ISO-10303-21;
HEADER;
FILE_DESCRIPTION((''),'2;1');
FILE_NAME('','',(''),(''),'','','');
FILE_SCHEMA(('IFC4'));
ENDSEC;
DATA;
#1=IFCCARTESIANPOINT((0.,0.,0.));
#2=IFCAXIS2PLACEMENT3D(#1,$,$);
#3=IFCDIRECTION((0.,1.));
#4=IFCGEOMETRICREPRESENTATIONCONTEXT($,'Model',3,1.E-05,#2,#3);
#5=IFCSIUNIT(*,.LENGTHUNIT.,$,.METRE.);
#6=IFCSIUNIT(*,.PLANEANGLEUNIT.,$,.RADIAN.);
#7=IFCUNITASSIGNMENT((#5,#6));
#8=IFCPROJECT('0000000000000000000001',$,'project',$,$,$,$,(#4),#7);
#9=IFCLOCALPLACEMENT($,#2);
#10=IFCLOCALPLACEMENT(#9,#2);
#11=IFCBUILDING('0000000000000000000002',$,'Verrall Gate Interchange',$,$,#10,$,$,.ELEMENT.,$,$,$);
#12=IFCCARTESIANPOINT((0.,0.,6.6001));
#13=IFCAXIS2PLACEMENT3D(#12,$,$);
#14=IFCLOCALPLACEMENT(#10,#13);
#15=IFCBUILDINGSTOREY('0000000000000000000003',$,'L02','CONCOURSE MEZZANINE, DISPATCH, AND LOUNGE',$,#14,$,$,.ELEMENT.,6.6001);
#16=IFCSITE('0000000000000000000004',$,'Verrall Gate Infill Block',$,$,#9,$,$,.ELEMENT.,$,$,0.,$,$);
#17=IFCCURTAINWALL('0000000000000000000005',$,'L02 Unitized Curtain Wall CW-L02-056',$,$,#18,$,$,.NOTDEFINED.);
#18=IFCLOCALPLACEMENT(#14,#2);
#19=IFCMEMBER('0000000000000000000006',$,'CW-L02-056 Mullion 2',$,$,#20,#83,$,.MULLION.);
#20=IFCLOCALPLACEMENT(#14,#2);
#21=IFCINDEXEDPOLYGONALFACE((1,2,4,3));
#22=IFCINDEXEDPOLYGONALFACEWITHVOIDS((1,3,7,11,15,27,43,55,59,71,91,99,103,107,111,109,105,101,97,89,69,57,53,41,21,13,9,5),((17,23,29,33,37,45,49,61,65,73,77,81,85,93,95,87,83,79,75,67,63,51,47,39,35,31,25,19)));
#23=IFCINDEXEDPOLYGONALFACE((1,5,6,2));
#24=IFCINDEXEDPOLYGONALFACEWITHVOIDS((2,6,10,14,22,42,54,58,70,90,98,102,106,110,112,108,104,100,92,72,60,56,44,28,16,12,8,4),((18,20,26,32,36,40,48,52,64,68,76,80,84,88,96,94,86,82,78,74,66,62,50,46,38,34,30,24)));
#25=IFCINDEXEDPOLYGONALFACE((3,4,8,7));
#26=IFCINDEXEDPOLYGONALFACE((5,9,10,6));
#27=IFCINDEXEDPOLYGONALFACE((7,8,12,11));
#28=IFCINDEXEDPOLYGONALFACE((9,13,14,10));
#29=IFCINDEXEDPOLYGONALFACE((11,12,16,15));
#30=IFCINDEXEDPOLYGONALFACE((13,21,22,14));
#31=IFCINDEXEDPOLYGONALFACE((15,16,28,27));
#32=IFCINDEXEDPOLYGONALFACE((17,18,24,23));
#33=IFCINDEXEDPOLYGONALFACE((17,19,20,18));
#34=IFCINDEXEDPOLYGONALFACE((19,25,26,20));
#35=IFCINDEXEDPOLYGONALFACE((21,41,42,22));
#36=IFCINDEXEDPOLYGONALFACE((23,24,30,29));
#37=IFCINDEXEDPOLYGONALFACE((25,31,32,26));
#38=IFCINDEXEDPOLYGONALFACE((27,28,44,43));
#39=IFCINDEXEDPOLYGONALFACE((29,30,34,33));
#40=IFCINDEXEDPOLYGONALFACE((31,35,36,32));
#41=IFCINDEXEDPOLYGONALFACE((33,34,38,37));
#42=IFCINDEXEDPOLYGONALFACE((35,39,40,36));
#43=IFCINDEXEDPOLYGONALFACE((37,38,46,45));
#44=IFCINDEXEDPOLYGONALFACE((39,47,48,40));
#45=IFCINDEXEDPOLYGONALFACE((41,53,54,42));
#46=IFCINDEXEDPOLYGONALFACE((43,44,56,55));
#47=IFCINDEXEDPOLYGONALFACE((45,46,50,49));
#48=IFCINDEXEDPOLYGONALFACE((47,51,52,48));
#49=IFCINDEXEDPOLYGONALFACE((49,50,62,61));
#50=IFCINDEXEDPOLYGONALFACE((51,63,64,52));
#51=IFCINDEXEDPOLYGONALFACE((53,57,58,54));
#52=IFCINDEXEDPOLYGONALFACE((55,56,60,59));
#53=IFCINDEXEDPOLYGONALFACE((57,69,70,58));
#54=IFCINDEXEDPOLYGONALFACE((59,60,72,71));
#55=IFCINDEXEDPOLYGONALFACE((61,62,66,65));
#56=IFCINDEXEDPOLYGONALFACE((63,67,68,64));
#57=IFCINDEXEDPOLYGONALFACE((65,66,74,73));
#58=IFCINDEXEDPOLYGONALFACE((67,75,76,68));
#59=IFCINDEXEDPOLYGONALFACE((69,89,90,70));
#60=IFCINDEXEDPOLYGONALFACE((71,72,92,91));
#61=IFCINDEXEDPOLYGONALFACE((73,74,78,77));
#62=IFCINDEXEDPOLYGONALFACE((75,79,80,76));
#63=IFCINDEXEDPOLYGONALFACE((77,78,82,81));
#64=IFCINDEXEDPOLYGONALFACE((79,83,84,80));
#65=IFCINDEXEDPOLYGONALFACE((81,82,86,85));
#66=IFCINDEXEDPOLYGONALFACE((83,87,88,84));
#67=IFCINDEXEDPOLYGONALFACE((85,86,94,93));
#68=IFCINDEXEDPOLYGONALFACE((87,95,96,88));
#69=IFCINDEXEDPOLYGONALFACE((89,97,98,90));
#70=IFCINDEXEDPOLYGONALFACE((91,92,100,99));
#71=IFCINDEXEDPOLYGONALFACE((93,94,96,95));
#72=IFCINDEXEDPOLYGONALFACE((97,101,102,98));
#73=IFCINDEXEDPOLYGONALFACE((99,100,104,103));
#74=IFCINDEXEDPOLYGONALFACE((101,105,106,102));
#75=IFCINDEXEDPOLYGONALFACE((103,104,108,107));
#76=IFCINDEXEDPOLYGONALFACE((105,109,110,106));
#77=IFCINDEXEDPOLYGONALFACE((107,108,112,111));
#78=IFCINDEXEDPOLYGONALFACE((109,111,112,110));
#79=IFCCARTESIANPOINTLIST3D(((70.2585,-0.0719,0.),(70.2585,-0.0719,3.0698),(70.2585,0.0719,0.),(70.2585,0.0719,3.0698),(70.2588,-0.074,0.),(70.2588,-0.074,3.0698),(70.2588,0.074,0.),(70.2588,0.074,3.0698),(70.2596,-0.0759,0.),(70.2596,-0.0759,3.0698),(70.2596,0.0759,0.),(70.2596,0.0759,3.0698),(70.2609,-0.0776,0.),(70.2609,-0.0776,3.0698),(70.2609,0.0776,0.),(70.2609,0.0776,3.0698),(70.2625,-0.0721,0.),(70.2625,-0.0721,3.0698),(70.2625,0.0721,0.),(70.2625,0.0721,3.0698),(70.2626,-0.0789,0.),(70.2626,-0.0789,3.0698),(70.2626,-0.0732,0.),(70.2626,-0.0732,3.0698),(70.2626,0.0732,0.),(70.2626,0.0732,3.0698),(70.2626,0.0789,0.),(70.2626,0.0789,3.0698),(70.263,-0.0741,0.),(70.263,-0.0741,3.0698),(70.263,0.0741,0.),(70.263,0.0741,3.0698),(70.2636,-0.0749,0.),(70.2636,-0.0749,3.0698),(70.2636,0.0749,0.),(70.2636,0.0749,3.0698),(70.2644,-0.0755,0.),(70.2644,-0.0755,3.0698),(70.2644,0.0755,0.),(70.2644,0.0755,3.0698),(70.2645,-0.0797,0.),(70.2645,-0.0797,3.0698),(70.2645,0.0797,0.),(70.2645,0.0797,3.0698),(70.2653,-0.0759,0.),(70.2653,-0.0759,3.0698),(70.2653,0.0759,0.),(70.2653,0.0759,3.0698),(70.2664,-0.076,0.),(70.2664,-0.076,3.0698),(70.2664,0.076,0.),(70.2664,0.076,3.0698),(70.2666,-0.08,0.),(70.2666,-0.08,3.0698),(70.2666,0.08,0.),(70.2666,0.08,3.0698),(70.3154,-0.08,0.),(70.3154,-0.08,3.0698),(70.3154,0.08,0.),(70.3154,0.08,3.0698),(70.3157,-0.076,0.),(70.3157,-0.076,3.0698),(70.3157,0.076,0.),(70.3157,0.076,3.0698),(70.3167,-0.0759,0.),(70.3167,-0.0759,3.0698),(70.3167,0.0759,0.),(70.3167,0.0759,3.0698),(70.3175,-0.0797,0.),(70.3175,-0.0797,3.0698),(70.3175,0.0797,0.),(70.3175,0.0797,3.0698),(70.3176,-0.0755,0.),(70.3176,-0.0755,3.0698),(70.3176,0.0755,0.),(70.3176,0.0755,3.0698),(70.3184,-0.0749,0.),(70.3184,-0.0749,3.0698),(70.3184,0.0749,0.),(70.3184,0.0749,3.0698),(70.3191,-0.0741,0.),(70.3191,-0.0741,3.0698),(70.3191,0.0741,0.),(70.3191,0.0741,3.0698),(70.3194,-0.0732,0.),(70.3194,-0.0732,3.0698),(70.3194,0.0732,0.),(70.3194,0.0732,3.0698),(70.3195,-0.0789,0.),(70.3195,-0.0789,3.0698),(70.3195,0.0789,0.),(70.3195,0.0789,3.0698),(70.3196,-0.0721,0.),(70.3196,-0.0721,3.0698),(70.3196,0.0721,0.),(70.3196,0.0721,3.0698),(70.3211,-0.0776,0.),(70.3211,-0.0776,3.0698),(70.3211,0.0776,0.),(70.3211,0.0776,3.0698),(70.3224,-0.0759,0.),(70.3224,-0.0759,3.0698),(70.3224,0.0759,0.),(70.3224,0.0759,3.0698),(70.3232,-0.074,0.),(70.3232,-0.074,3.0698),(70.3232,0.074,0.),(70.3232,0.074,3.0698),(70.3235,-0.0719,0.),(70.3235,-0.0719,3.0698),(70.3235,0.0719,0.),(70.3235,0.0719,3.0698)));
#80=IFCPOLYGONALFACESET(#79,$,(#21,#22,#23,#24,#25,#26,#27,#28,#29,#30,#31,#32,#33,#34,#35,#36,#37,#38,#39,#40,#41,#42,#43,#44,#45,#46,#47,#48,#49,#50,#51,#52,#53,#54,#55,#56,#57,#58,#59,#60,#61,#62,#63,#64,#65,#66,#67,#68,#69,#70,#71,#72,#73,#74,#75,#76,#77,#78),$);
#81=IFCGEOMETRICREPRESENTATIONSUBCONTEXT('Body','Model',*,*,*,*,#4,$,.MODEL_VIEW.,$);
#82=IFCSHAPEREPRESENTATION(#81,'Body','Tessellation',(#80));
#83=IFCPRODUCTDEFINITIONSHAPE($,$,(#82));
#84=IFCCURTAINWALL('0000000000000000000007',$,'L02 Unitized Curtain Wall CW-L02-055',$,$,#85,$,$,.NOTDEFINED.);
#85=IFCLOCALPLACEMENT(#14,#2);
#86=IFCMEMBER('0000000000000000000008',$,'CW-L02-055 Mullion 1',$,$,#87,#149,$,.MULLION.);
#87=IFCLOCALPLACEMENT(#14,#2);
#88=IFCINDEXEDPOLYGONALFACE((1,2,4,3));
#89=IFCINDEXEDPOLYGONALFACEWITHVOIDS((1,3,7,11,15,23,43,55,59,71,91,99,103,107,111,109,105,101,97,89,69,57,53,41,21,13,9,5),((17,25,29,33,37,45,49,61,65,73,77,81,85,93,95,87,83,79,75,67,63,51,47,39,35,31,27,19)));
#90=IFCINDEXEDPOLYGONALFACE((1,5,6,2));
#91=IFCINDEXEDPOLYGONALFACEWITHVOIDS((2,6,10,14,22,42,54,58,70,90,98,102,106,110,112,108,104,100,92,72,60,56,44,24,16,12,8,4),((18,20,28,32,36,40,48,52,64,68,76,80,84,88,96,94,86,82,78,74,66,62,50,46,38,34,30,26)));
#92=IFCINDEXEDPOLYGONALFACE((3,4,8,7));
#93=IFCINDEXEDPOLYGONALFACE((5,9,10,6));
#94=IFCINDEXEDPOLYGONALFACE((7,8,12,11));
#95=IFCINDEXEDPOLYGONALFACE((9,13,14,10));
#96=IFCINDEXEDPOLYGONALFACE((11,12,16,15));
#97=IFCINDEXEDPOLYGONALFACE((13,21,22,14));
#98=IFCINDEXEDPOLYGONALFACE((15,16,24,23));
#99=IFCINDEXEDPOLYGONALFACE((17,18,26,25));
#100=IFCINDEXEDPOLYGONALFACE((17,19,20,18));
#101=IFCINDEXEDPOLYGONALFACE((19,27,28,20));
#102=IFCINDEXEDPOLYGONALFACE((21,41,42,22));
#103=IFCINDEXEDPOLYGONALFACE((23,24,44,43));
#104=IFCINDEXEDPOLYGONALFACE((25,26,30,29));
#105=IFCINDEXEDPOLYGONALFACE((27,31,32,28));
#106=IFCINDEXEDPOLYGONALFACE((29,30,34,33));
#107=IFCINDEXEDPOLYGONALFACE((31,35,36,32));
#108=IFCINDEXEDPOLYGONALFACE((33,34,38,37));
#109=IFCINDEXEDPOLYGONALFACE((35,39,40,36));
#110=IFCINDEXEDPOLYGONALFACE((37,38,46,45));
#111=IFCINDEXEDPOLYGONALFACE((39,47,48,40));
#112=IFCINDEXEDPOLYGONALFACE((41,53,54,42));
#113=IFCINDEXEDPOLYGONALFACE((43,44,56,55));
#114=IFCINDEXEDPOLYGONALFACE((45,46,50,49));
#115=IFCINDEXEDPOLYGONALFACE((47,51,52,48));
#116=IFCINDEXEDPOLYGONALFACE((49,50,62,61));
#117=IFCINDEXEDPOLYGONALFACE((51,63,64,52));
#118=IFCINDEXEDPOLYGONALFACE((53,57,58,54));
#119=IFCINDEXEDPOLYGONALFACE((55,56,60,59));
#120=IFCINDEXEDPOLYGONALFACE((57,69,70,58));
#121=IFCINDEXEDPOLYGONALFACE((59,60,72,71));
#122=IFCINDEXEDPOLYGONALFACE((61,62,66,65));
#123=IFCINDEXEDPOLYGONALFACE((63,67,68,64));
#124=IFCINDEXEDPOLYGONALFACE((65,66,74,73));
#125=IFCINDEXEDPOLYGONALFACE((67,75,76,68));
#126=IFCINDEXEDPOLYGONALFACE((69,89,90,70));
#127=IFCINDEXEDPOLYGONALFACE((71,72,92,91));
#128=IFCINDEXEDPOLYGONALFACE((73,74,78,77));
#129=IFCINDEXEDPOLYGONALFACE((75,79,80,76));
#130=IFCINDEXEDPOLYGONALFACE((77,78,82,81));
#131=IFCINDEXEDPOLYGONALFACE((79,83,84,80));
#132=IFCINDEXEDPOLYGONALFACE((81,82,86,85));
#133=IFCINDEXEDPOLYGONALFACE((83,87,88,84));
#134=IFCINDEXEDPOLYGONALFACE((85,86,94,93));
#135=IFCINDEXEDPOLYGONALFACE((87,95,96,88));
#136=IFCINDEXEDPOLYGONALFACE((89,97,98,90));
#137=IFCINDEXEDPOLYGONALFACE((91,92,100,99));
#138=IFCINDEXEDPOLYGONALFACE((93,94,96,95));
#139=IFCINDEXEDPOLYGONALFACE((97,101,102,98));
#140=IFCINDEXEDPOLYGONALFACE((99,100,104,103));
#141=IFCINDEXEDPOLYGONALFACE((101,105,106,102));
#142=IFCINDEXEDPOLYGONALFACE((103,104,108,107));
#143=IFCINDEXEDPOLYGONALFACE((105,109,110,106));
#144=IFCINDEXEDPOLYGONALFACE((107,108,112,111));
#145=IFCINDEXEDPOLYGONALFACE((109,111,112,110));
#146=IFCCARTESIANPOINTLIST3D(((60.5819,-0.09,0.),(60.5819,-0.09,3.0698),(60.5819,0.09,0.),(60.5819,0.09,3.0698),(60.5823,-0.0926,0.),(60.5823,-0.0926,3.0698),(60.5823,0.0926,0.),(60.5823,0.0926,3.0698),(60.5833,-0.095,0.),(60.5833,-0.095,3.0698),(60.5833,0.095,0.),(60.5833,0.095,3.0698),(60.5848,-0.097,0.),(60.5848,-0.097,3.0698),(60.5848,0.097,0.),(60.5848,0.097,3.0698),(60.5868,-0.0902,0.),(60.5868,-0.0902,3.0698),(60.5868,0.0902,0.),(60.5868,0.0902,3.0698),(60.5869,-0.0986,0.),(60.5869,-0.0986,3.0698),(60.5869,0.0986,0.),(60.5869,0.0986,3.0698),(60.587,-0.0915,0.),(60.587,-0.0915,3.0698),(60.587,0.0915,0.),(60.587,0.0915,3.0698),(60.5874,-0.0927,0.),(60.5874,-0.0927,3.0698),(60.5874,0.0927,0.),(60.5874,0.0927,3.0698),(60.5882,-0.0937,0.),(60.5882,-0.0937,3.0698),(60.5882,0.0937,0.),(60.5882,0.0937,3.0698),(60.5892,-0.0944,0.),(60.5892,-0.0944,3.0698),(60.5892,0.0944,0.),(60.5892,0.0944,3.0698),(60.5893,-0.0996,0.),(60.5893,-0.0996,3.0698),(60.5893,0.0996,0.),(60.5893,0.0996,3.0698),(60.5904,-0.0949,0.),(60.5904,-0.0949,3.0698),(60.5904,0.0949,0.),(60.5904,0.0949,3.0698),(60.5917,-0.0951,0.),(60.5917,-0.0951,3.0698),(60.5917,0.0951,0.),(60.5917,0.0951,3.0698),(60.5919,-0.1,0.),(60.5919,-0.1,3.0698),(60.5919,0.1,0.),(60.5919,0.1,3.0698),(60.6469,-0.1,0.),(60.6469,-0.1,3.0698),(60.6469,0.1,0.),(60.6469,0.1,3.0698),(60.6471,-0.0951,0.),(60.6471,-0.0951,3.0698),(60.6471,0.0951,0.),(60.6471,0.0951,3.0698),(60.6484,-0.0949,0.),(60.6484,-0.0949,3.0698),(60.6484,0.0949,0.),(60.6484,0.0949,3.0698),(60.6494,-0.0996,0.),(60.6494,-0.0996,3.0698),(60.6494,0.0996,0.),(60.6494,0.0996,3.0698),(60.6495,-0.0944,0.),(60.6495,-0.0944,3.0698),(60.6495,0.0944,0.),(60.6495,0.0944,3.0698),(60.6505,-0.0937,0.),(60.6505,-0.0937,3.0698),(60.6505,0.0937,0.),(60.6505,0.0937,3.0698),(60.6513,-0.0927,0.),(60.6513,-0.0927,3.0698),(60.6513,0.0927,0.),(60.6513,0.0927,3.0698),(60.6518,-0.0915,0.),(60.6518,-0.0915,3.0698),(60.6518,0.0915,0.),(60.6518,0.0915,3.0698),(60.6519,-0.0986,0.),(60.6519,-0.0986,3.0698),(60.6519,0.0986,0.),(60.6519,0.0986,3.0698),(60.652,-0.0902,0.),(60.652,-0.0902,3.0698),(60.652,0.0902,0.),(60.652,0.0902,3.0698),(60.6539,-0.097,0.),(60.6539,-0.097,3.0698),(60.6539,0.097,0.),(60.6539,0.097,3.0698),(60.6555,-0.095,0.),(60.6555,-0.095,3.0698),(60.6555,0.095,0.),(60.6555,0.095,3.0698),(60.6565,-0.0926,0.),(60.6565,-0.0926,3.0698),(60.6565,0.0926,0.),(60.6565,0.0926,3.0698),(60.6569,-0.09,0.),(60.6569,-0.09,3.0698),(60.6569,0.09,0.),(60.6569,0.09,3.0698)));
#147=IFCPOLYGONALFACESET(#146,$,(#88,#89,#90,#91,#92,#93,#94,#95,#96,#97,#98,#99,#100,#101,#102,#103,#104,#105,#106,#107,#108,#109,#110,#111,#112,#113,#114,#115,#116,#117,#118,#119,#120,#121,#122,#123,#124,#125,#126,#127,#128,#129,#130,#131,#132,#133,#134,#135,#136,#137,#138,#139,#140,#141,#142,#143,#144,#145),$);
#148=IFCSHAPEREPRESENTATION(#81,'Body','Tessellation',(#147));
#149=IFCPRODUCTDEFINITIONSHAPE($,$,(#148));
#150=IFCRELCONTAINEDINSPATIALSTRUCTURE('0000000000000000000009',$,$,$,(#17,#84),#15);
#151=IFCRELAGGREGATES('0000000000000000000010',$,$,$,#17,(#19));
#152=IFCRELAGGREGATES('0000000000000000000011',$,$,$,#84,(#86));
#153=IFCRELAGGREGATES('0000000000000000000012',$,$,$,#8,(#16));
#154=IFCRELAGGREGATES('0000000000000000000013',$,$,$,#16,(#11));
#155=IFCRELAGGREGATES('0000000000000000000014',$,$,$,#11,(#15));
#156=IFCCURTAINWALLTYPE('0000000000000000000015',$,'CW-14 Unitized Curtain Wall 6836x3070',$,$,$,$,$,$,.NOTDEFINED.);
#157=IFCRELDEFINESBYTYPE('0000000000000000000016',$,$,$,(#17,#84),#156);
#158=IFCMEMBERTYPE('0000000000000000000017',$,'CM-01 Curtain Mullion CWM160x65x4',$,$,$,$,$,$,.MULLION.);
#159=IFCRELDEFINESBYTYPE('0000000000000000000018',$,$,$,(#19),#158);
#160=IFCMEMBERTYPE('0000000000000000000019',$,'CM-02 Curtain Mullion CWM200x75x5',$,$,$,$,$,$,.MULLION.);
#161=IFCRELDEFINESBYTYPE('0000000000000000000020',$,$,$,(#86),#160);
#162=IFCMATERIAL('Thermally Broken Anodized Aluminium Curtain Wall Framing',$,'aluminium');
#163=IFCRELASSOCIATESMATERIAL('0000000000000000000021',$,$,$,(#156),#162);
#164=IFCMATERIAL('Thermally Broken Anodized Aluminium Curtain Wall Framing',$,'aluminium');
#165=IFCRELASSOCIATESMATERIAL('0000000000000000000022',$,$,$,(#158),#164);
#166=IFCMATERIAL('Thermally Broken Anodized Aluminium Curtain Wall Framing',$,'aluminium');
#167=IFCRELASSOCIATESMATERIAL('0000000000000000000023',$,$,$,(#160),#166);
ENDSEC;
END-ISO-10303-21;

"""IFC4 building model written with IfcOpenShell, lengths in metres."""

from ifc_helpers import new_model, si_unit, direction, frame, origin, origin_2d, place, context, subcontext, project, spatial, hollow_rectangle, extrude, material, material_profile, profile_set, type_object, element, aggregate, save


model = new_model("IFC4")

# Units and contexts
model_context = context("Model", 3, precision=1e-05, world=origin(), true_north=direction((0.0, 1.0)))
body_context = subcontext(model_context, "Body", "Model", "MODEL_VIEW")
ifc_project = project(units=[si_unit("LENGTHUNIT", "METRE"), si_unit("PLANEANGLEUNIT", "RADIAN")], contexts=[model_context])

# Site, building, storey
site_placement = place(None, origin())
site = spatial("IfcSite", under=ifc_project, at=site_placement, Name="Verrall Gate Infill Block", CompositionType="ELEMENT", RefElevation=0.0)
building_placement = place(site_placement, origin())
building = spatial("IfcBuilding", under=site, at=building_placement, Name="Verrall Gate Interchange", CompositionType="ELEMENT")
storey_placement = place(building_placement, frame((0.0, 0.0, 6.6001)))
storey = spatial("IfcBuildingStorey", under=building, at=storey_placement, Name="L02", Description="CONCOURSE MEZZANINE, DISPATCH, AND LOUNGE", CompositionType="ELEMENT", Elevation=6.6001)

# Curtain walls, members
ifc_material_1 = material(Name="Thermally Broken Anodized Aluminium Curtain Wall Framing", Category="aluminium")
curtain_wall_type = type_object("IfcCurtainWallType", Name="CW-14 Unitized Curtain Wall 6836x3070", PredefinedType="NOTDEFINED", material=ifc_material_1)
ifc_material_2 = material(Name="Thermally Broken Anodized Aluminium Curtain Wall Framing", Category="aluminium")
ifc_material_profile_1 = material_profile(ifc_material_2, hollow_rectangle(XDim=0.0649, YDim=0.1599, WallThickness=0.0039, InnerFilletRadius=0.0039, OuterFilletRadius=0.0081, at=origin_2d()), Name="CWM160x65x4")
ifc_profile_set_1 = profile_set([ifc_material_profile_1], Name="Thermally Broken Anodized Aluminium Curtain Wall Framing")
member_type_1 = type_object("IfcMemberType", Name="CM-01 Curtain Mullion CWM160x65x4", PredefinedType="MULLION", material=ifc_profile_set_1)
curtain_wall_1_placement = place(storey_placement, origin())
curtain_wall_1 = element("IfcCurtainWall", 1, at=curtain_wall_1_placement, inside=storey, type_object=curtain_wall_type, Name="L02 Unitized Curtain Wall CW-L02-056", PredefinedType="NOTDEFINED")
member_1_placement = place(storey_placement, frame((70.291, 0.0, 0.0), z_axis=(0.0, 0.0, 1.0), x_axis=(1.0, 0.0, 0.0)))
member_1 = element("IfcMember", 2, at=member_1_placement, type_object=member_type_1, Name="CW-L02-056 Mullion 2", PredefinedType="MULLION", context=body_context, shape_type="SweptSolid", body=[
    extrude(hollow_rectangle(XDim=0.0649, YDim=0.1599, WallThickness=0.0039, InnerFilletRadius=0.0039, OuterFilletRadius=0.0081, at=origin_2d()), origin(), (0.0, 0.0, 1.0), 3.0698),
])
curtain_wall_2_placement = place(storey_placement, origin())
curtain_wall_2 = element("IfcCurtainWall", 3, at=curtain_wall_2_placement, inside=storey, type_object=curtain_wall_type, Name="L02 Unitized Curtain Wall CW-L02-055", PredefinedType="NOTDEFINED")
ifc_material_3 = material(Name="Thermally Broken Anodized Aluminium Curtain Wall Framing", Category="aluminium")
ifc_material_profile_2 = material_profile(ifc_material_3, hollow_rectangle(XDim=0.075, YDim=0.2, WallThickness=0.0049, InnerFilletRadius=0.0049, OuterFilletRadius=0.01, at=origin_2d()), Name="CWM200x75x5")
ifc_profile_set_2 = profile_set([ifc_material_profile_2], Name="Thermally Broken Anodized Aluminium Curtain Wall Framing")
member_type_2 = type_object("IfcMemberType", Name="CM-02 Curtain Mullion CWM200x75x5", PredefinedType="MULLION", material=ifc_profile_set_2)
member_2_placement = place(storey_placement, frame((60.6194, 0.0, 0.0), z_axis=(0.0, 0.0, 1.0), x_axis=(1.0, 0.0, 0.0)))
member_2 = element("IfcMember", 4, at=member_2_placement, type_object=member_type_2, Name="CW-L02-055 Mullion 1", PredefinedType="MULLION", context=body_context, shape_type="SweptSolid", body=[
    extrude(hollow_rectangle(XDim=0.075, YDim=0.2, WallThickness=0.0049, InnerFilletRadius=0.0049, OuterFilletRadius=0.01, at=origin_2d()), origin(), (0.0, 0.0, 1.0), 3.0698),
])

aggregate(curtain_wall_1, [member_1])
aggregate(curtain_wall_2, [member_2])

save(model, "model.ifc")
